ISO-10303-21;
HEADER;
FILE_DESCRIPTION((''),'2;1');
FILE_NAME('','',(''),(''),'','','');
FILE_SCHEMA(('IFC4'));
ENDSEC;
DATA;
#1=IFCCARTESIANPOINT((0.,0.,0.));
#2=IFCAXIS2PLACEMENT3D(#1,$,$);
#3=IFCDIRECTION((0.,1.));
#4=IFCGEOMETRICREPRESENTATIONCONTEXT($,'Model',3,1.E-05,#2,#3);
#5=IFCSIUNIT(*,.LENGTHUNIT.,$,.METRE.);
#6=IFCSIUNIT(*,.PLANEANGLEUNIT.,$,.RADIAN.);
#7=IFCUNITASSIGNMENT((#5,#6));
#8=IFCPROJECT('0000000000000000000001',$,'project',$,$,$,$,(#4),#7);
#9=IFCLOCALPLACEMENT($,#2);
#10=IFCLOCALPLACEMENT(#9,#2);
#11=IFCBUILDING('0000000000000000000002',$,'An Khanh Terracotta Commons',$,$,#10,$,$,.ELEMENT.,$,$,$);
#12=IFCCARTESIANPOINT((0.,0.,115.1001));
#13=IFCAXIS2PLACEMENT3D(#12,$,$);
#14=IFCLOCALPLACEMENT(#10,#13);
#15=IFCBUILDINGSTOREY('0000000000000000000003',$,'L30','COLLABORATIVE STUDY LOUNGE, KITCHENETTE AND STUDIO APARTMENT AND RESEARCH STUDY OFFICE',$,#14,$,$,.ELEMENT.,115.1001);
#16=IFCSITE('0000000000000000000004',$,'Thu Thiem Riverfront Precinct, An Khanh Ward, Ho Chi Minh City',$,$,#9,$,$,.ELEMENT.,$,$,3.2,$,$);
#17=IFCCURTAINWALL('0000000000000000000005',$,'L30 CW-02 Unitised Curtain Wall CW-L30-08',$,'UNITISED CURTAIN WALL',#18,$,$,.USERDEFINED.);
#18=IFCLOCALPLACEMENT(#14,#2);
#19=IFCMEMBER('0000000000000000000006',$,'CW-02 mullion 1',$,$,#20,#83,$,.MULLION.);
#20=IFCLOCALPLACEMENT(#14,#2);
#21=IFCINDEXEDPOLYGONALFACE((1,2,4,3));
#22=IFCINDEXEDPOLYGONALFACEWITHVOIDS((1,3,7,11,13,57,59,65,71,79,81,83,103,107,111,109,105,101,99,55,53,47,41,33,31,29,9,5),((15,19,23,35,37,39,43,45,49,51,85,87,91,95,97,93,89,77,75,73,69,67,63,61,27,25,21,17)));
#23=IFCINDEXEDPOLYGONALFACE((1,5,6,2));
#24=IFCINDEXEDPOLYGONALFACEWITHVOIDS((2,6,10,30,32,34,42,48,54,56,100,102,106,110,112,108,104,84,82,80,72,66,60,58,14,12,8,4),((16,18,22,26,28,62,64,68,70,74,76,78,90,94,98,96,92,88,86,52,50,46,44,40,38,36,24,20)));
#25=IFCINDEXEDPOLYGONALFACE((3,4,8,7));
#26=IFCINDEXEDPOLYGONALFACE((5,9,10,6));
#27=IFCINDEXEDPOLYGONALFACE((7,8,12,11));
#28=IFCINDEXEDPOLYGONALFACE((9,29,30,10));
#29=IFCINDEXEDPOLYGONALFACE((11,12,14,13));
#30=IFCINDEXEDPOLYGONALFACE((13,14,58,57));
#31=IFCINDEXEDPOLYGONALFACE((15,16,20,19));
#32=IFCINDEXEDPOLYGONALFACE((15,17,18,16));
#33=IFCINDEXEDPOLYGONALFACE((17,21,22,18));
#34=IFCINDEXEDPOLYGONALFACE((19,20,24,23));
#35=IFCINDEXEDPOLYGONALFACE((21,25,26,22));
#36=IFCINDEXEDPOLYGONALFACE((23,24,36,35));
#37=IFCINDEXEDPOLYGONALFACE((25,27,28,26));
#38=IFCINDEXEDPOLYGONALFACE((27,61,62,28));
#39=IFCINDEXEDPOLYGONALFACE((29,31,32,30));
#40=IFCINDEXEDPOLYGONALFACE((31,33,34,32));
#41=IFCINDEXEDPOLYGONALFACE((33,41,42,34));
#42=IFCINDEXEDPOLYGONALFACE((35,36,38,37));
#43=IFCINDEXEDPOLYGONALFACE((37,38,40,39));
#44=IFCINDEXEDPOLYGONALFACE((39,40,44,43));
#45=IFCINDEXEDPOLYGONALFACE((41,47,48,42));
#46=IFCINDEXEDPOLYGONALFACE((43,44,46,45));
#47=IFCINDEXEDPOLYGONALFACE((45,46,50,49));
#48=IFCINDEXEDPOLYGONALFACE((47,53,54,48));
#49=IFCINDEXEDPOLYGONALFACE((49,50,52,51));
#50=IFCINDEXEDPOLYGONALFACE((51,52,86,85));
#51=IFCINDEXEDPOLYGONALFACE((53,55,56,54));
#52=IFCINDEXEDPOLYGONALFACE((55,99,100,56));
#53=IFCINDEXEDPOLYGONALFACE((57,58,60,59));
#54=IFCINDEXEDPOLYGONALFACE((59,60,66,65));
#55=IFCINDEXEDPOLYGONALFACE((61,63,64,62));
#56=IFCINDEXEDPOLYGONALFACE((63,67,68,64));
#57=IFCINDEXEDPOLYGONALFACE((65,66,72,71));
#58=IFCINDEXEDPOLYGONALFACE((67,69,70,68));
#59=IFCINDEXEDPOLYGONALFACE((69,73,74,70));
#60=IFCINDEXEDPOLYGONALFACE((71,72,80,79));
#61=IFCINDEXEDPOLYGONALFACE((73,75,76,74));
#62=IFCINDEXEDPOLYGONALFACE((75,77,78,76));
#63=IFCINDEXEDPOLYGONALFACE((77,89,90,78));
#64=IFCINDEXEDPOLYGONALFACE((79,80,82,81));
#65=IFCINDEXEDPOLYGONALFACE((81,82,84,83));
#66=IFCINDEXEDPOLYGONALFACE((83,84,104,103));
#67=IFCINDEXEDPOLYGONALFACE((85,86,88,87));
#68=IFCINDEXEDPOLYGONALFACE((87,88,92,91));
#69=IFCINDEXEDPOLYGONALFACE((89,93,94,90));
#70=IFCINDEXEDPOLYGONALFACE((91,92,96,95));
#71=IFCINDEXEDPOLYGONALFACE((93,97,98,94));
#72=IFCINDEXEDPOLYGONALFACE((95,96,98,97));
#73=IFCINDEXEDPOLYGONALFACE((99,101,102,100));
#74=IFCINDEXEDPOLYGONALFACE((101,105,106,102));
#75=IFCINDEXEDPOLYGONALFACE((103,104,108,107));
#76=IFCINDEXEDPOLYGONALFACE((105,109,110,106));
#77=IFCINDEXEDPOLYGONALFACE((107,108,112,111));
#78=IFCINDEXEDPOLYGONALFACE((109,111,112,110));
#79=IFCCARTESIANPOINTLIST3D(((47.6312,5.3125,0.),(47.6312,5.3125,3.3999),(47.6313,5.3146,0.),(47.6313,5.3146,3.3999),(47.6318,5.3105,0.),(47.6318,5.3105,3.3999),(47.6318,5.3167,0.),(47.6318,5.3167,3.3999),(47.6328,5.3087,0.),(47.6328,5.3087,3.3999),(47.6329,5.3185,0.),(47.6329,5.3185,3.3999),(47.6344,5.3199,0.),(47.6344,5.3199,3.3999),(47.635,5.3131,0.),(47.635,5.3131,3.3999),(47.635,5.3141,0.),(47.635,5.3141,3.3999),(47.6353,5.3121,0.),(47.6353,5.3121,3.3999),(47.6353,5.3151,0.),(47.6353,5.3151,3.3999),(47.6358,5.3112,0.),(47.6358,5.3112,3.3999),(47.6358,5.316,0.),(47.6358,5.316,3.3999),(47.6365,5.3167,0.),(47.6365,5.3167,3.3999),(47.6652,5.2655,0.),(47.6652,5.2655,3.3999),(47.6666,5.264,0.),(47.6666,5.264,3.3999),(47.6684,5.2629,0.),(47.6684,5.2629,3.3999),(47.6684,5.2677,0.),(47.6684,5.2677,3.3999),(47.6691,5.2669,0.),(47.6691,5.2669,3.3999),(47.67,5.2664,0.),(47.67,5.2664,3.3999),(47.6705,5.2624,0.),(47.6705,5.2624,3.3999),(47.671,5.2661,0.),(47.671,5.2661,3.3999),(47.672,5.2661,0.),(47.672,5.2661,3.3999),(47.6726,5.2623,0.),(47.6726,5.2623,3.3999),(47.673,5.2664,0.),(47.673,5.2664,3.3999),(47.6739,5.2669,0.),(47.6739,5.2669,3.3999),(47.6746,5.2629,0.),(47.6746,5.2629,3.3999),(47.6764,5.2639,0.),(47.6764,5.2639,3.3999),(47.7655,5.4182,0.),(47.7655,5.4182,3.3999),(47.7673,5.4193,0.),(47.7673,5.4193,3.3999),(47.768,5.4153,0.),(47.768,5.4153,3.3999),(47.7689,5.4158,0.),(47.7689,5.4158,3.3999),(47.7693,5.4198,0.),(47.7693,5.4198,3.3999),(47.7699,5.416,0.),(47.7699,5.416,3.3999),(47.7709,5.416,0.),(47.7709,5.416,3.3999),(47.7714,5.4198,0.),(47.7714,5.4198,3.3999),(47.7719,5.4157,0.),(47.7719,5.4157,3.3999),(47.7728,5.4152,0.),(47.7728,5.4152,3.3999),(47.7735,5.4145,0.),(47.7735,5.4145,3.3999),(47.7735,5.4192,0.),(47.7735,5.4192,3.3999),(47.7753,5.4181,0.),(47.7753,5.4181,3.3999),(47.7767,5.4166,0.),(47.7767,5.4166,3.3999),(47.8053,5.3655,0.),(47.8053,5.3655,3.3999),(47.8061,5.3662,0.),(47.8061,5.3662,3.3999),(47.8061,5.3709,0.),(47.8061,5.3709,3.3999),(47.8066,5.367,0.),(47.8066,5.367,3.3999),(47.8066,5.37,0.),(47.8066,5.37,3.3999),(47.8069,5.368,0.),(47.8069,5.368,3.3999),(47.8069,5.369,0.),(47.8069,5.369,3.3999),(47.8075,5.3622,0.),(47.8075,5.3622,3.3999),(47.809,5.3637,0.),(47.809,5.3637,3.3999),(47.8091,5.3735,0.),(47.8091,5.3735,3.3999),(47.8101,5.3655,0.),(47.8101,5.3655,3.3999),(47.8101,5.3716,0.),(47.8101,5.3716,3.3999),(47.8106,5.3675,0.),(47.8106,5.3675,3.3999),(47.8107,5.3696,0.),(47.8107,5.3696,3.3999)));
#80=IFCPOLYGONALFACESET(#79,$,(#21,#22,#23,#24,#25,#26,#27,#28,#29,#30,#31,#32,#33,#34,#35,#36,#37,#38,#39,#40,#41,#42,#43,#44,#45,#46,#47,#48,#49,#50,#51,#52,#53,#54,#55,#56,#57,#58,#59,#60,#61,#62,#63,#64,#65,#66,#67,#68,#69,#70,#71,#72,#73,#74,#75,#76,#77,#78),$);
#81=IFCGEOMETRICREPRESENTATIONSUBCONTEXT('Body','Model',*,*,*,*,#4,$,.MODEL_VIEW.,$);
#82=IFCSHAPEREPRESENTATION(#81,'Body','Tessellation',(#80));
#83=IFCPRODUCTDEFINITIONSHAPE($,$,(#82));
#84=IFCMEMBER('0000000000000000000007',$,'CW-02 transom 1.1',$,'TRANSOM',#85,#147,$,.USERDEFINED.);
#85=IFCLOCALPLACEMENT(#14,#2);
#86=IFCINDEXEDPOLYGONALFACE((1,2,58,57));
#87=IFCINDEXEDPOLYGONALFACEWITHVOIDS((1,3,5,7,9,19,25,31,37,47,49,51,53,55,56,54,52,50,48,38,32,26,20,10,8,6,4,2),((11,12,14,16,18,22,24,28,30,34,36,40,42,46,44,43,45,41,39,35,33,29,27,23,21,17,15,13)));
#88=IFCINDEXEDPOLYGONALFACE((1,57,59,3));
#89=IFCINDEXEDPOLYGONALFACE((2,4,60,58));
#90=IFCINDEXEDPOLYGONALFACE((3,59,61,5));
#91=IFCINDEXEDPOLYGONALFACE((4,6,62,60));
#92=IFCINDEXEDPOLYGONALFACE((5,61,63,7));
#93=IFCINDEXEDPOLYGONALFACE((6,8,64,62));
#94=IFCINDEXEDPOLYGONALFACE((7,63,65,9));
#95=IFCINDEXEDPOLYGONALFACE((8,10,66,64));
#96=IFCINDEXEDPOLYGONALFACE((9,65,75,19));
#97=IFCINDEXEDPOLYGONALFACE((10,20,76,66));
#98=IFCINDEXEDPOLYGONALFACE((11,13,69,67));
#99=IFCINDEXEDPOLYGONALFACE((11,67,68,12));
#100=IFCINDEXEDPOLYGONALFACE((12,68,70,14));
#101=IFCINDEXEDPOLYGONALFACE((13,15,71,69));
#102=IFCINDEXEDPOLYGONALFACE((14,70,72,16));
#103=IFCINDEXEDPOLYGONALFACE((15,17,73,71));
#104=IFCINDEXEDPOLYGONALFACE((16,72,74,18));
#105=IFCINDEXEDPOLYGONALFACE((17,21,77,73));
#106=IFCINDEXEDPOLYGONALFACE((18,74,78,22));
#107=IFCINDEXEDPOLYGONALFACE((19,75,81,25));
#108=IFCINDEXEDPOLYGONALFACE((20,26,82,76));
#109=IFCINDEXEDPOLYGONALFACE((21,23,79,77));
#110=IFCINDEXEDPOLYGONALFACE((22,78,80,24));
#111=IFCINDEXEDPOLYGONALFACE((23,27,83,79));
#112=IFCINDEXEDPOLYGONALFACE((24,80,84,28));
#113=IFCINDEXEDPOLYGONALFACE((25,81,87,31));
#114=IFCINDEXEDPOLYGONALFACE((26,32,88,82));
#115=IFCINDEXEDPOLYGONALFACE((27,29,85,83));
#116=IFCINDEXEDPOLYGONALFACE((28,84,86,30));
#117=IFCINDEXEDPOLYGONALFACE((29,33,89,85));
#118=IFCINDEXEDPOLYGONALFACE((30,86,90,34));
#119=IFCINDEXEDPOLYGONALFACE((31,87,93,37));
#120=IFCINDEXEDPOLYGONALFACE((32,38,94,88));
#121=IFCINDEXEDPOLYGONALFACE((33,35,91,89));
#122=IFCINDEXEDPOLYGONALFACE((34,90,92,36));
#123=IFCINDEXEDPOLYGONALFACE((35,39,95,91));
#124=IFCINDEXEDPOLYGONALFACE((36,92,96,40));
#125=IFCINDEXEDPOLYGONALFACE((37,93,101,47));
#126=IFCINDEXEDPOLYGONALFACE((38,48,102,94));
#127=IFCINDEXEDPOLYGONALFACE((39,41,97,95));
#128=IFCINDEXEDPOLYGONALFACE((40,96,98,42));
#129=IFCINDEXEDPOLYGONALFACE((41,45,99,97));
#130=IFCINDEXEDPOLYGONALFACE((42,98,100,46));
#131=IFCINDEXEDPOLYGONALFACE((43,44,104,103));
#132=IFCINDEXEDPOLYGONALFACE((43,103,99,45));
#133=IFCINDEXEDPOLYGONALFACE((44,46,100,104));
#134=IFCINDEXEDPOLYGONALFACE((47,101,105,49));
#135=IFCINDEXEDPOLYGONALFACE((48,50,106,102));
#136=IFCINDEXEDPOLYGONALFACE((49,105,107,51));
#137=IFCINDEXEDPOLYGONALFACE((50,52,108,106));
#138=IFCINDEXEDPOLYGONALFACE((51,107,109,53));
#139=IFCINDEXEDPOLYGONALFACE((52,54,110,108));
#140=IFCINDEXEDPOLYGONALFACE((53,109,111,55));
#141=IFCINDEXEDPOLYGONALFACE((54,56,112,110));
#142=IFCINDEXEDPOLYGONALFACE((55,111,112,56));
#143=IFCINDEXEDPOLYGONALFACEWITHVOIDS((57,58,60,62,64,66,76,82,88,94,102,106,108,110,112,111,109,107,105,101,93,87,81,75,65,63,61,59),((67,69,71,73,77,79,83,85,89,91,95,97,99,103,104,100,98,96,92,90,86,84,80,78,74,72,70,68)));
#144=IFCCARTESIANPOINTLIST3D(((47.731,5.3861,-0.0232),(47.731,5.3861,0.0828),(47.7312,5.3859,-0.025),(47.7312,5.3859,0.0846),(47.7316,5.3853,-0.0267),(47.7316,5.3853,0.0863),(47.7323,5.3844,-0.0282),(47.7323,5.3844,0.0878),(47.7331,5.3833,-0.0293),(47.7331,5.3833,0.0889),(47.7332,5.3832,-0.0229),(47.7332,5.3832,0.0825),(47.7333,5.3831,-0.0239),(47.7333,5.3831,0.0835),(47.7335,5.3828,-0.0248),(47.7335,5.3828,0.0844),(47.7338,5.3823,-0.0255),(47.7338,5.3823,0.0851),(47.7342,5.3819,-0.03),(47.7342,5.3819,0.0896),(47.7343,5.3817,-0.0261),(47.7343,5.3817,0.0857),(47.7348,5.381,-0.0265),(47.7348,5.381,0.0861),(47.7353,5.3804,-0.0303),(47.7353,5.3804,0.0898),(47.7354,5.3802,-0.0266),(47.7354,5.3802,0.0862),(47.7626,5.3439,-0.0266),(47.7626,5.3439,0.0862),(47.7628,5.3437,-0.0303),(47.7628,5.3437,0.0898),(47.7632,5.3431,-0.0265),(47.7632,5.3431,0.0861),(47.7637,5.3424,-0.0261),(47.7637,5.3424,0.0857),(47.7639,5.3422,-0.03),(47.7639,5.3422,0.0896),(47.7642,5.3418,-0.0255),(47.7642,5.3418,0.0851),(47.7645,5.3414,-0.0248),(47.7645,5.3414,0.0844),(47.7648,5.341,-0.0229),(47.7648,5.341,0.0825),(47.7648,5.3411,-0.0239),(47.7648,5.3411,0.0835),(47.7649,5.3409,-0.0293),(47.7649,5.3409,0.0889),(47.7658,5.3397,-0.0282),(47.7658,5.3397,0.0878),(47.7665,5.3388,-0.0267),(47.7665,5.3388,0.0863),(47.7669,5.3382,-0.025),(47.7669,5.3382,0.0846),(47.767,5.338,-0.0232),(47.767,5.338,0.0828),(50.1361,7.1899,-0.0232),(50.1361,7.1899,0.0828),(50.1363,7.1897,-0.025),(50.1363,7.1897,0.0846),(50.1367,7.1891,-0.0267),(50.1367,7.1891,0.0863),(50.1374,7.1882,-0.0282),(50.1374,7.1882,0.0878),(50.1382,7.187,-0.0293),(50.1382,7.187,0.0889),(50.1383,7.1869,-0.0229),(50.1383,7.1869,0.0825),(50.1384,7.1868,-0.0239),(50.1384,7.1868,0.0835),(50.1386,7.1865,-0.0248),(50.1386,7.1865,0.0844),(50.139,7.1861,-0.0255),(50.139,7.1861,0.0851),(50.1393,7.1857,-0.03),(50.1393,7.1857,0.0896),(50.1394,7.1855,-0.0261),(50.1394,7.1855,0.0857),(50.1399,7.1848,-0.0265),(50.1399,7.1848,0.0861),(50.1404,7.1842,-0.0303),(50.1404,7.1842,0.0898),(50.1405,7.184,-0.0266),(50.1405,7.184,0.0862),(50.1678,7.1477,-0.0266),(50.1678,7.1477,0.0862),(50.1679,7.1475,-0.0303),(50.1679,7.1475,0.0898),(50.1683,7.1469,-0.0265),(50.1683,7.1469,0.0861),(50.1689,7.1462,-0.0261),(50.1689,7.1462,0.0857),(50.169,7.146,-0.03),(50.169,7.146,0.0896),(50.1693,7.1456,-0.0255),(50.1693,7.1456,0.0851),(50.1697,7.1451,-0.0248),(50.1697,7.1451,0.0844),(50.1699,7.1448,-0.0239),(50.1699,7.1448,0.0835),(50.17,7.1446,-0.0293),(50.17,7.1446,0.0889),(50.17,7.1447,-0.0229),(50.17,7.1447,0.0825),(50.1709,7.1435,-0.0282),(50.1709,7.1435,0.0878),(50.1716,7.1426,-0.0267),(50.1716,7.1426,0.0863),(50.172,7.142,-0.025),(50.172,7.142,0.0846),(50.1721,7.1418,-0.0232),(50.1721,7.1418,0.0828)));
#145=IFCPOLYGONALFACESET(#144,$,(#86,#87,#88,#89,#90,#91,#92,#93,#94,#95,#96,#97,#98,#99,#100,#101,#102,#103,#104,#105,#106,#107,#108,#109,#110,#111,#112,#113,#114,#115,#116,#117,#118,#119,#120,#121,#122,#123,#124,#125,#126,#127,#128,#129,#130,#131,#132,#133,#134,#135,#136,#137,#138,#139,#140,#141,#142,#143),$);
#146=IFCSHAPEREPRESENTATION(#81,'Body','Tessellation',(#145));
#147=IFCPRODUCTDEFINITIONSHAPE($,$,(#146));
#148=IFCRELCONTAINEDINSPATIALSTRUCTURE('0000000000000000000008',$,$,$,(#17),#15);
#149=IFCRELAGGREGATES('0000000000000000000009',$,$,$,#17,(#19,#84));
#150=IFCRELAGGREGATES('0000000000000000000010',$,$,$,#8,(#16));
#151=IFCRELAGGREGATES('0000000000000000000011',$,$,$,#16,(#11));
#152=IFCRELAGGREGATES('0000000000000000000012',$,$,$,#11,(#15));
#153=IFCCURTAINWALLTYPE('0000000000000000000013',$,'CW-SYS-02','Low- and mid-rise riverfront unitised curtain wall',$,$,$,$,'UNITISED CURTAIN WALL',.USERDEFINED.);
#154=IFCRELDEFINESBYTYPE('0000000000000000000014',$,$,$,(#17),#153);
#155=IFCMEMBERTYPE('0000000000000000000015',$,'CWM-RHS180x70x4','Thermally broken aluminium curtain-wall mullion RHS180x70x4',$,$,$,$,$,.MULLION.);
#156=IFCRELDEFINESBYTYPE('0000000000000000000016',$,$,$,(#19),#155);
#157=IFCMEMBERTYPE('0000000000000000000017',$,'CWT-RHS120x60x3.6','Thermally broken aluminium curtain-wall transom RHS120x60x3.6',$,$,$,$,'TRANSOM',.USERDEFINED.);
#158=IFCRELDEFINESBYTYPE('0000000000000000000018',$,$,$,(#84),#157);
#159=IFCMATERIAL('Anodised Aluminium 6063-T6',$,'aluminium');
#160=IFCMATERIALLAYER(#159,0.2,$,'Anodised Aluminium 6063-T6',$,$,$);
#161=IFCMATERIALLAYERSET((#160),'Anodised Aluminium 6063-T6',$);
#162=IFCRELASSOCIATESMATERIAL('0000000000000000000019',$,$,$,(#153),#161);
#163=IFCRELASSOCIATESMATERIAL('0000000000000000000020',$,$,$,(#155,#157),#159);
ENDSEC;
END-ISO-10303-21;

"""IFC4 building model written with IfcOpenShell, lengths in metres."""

from ifc_helpers import new_model, si_unit, direction, frame, origin, origin_2d, place, context, subcontext, project, spatial, hollow_rectangle, extrude, material, layer, layer_set, material_profile, profile_set, type_object, element, aggregate, save


model = new_model("IFC4")

# Units and contexts
model_context = context("Model", 3, precision=1e-05, world=origin(), true_north=direction((0.0, 1.0)))
body_context = subcontext(model_context, "Body", "Model", "MODEL_VIEW")
ifc_project = project(units=[si_unit("LENGTHUNIT", "METRE"), si_unit("PLANEANGLEUNIT", "RADIAN")], contexts=[model_context])

# Site, building, storey
site_placement = place(None, origin())
site = spatial("IfcSite", under=ifc_project, at=site_placement, Name="Thu Thiem Riverfront Precinct, An Khanh Ward, Ho Chi Minh City", CompositionType="ELEMENT", RefElevation=3.2)
building_placement = place(site_placement, origin())
building = spatial("IfcBuilding", under=site, at=building_placement, Name="An Khanh Terracotta Commons", CompositionType="ELEMENT")
storey_placement = place(building_placement, frame((0.0, 0.0, 115.1001)))
storey = spatial("IfcBuildingStorey", under=building, at=storey_placement, Name="L30", Description="COLLABORATIVE STUDY LOUNGE, KITCHENETTE AND STUDIO APARTMENT AND RESEARCH STUDY OFFICE", CompositionType="ELEMENT", Elevation=115.1001)

# Curtain wall, members
ifc_material_1 = material(Name="Anodised Aluminium 6063-T6", Category="aluminium")
ifc_layer_1 = layer(ifc_material_1, 0.2, Name="Anodised Aluminium 6063-T6")
ifc_layer_set_1 = layer_set([ifc_layer_1], Name="Anodised Aluminium 6063-T6")
curtain_wall_type = type_object("IfcCurtainWallType", Name="CW-SYS-02", Description="Low- and mid-rise riverfront unitised curtain wall", ElementType="UNITISED CURTAIN WALL", PredefinedType="USERDEFINED", material=ifc_layer_set_1)
curtain_wall_placement = place(storey_placement, origin())
curtain_wall = element("IfcCurtainWall", 1, at=curtain_wall_placement, inside=storey, type_object=curtain_wall_type, Name="L30 CW-02 Unitised Curtain Wall CW-L30-08", ObjectType="UNITISED CURTAIN WALL", PredefinedType="USERDEFINED")
ifc_material_profile_1 = material_profile(ifc_material_1, hollow_rectangle(XDim=0.0701, YDim=0.1799, WallThickness=0.0039, InnerFilletRadius=0.0039, OuterFilletRadius=0.0081, at=origin_2d()), Name="RHS180x70x4")
ifc_profile_set_1 = profile_set([ifc_material_profile_1], Name="Anodised Aluminium 6063-T6")
member_type_1 = type_object("IfcMemberType", Name="CWM-RHS180x70x4", Description="Thermally broken aluminium curtain-wall mullion RHS180x70x4", PredefinedType="MULLION", material=ifc_profile_set_1)
member_1_placement = place(storey_placement, frame((47.7209, 5.3411, 0.0), z_axis=(0.0, 0.0, 1.0), x_axis=(-0.599983, 0.800013, 0.0)))
member_1 = element("IfcMember", 2, at=member_1_placement, type_object=member_type_1, Name="CW-02 mullion 1", PredefinedType="MULLION", context=body_context, shape_type="SweptSolid", body=[
    extrude(hollow_rectangle(XDim=0.0701, YDim=0.1799, WallThickness=0.0039, InnerFilletRadius=0.0039, OuterFilletRadius=0.0081, at=origin_2d()), origin(), (0.0, 0.0, 1.0), 3.3999),
])
ifc_material_profile_2 = material_profile(ifc_material_1, hollow_rectangle(XDim=0.0601, YDim=0.1201, WallThickness=0.0037, InnerFilletRadius=0.0037, OuterFilletRadius=0.0071, at=origin_2d()), Name="RHS120x60x3.6")
ifc_profile_set_2 = profile_set([ifc_material_profile_2], Name="Anodised Aluminium 6063-T6")
member_type_2 = type_object("IfcMemberType", Name="CWT-RHS120x60x3.6", Description="Thermally broken aluminium curtain-wall transom RHS120x60x3.6", ElementType="TRANSOM", PredefinedType="USERDEFINED", material=ifc_profile_set_2)
member_2_placement = place(storey_placement, frame((47.749, 5.3621, 0.0298), z_axis=(0.80001, 0.599987, 0.0), x_axis=(-0.599987, 0.80001, 0.0)))
member_2 = element("IfcMember", 3, at=member_2_placement, type_object=member_type_2, Name="CW-02 transom 1.1", ObjectType="TRANSOM", PredefinedType="USERDEFINED", context=body_context, shape_type="SweptSolid", body=[
    extrude(hollow_rectangle(XDim=0.0601, YDim=0.1201, WallThickness=0.0037, InnerFilletRadius=0.0037, OuterFilletRadius=0.0071, at=origin_2d()), origin(), (0.0, 0.0, 1.0), 3.0063),
])
aggregate(curtain_wall, [member_1, member_2])

save(model, "model.ifc")
